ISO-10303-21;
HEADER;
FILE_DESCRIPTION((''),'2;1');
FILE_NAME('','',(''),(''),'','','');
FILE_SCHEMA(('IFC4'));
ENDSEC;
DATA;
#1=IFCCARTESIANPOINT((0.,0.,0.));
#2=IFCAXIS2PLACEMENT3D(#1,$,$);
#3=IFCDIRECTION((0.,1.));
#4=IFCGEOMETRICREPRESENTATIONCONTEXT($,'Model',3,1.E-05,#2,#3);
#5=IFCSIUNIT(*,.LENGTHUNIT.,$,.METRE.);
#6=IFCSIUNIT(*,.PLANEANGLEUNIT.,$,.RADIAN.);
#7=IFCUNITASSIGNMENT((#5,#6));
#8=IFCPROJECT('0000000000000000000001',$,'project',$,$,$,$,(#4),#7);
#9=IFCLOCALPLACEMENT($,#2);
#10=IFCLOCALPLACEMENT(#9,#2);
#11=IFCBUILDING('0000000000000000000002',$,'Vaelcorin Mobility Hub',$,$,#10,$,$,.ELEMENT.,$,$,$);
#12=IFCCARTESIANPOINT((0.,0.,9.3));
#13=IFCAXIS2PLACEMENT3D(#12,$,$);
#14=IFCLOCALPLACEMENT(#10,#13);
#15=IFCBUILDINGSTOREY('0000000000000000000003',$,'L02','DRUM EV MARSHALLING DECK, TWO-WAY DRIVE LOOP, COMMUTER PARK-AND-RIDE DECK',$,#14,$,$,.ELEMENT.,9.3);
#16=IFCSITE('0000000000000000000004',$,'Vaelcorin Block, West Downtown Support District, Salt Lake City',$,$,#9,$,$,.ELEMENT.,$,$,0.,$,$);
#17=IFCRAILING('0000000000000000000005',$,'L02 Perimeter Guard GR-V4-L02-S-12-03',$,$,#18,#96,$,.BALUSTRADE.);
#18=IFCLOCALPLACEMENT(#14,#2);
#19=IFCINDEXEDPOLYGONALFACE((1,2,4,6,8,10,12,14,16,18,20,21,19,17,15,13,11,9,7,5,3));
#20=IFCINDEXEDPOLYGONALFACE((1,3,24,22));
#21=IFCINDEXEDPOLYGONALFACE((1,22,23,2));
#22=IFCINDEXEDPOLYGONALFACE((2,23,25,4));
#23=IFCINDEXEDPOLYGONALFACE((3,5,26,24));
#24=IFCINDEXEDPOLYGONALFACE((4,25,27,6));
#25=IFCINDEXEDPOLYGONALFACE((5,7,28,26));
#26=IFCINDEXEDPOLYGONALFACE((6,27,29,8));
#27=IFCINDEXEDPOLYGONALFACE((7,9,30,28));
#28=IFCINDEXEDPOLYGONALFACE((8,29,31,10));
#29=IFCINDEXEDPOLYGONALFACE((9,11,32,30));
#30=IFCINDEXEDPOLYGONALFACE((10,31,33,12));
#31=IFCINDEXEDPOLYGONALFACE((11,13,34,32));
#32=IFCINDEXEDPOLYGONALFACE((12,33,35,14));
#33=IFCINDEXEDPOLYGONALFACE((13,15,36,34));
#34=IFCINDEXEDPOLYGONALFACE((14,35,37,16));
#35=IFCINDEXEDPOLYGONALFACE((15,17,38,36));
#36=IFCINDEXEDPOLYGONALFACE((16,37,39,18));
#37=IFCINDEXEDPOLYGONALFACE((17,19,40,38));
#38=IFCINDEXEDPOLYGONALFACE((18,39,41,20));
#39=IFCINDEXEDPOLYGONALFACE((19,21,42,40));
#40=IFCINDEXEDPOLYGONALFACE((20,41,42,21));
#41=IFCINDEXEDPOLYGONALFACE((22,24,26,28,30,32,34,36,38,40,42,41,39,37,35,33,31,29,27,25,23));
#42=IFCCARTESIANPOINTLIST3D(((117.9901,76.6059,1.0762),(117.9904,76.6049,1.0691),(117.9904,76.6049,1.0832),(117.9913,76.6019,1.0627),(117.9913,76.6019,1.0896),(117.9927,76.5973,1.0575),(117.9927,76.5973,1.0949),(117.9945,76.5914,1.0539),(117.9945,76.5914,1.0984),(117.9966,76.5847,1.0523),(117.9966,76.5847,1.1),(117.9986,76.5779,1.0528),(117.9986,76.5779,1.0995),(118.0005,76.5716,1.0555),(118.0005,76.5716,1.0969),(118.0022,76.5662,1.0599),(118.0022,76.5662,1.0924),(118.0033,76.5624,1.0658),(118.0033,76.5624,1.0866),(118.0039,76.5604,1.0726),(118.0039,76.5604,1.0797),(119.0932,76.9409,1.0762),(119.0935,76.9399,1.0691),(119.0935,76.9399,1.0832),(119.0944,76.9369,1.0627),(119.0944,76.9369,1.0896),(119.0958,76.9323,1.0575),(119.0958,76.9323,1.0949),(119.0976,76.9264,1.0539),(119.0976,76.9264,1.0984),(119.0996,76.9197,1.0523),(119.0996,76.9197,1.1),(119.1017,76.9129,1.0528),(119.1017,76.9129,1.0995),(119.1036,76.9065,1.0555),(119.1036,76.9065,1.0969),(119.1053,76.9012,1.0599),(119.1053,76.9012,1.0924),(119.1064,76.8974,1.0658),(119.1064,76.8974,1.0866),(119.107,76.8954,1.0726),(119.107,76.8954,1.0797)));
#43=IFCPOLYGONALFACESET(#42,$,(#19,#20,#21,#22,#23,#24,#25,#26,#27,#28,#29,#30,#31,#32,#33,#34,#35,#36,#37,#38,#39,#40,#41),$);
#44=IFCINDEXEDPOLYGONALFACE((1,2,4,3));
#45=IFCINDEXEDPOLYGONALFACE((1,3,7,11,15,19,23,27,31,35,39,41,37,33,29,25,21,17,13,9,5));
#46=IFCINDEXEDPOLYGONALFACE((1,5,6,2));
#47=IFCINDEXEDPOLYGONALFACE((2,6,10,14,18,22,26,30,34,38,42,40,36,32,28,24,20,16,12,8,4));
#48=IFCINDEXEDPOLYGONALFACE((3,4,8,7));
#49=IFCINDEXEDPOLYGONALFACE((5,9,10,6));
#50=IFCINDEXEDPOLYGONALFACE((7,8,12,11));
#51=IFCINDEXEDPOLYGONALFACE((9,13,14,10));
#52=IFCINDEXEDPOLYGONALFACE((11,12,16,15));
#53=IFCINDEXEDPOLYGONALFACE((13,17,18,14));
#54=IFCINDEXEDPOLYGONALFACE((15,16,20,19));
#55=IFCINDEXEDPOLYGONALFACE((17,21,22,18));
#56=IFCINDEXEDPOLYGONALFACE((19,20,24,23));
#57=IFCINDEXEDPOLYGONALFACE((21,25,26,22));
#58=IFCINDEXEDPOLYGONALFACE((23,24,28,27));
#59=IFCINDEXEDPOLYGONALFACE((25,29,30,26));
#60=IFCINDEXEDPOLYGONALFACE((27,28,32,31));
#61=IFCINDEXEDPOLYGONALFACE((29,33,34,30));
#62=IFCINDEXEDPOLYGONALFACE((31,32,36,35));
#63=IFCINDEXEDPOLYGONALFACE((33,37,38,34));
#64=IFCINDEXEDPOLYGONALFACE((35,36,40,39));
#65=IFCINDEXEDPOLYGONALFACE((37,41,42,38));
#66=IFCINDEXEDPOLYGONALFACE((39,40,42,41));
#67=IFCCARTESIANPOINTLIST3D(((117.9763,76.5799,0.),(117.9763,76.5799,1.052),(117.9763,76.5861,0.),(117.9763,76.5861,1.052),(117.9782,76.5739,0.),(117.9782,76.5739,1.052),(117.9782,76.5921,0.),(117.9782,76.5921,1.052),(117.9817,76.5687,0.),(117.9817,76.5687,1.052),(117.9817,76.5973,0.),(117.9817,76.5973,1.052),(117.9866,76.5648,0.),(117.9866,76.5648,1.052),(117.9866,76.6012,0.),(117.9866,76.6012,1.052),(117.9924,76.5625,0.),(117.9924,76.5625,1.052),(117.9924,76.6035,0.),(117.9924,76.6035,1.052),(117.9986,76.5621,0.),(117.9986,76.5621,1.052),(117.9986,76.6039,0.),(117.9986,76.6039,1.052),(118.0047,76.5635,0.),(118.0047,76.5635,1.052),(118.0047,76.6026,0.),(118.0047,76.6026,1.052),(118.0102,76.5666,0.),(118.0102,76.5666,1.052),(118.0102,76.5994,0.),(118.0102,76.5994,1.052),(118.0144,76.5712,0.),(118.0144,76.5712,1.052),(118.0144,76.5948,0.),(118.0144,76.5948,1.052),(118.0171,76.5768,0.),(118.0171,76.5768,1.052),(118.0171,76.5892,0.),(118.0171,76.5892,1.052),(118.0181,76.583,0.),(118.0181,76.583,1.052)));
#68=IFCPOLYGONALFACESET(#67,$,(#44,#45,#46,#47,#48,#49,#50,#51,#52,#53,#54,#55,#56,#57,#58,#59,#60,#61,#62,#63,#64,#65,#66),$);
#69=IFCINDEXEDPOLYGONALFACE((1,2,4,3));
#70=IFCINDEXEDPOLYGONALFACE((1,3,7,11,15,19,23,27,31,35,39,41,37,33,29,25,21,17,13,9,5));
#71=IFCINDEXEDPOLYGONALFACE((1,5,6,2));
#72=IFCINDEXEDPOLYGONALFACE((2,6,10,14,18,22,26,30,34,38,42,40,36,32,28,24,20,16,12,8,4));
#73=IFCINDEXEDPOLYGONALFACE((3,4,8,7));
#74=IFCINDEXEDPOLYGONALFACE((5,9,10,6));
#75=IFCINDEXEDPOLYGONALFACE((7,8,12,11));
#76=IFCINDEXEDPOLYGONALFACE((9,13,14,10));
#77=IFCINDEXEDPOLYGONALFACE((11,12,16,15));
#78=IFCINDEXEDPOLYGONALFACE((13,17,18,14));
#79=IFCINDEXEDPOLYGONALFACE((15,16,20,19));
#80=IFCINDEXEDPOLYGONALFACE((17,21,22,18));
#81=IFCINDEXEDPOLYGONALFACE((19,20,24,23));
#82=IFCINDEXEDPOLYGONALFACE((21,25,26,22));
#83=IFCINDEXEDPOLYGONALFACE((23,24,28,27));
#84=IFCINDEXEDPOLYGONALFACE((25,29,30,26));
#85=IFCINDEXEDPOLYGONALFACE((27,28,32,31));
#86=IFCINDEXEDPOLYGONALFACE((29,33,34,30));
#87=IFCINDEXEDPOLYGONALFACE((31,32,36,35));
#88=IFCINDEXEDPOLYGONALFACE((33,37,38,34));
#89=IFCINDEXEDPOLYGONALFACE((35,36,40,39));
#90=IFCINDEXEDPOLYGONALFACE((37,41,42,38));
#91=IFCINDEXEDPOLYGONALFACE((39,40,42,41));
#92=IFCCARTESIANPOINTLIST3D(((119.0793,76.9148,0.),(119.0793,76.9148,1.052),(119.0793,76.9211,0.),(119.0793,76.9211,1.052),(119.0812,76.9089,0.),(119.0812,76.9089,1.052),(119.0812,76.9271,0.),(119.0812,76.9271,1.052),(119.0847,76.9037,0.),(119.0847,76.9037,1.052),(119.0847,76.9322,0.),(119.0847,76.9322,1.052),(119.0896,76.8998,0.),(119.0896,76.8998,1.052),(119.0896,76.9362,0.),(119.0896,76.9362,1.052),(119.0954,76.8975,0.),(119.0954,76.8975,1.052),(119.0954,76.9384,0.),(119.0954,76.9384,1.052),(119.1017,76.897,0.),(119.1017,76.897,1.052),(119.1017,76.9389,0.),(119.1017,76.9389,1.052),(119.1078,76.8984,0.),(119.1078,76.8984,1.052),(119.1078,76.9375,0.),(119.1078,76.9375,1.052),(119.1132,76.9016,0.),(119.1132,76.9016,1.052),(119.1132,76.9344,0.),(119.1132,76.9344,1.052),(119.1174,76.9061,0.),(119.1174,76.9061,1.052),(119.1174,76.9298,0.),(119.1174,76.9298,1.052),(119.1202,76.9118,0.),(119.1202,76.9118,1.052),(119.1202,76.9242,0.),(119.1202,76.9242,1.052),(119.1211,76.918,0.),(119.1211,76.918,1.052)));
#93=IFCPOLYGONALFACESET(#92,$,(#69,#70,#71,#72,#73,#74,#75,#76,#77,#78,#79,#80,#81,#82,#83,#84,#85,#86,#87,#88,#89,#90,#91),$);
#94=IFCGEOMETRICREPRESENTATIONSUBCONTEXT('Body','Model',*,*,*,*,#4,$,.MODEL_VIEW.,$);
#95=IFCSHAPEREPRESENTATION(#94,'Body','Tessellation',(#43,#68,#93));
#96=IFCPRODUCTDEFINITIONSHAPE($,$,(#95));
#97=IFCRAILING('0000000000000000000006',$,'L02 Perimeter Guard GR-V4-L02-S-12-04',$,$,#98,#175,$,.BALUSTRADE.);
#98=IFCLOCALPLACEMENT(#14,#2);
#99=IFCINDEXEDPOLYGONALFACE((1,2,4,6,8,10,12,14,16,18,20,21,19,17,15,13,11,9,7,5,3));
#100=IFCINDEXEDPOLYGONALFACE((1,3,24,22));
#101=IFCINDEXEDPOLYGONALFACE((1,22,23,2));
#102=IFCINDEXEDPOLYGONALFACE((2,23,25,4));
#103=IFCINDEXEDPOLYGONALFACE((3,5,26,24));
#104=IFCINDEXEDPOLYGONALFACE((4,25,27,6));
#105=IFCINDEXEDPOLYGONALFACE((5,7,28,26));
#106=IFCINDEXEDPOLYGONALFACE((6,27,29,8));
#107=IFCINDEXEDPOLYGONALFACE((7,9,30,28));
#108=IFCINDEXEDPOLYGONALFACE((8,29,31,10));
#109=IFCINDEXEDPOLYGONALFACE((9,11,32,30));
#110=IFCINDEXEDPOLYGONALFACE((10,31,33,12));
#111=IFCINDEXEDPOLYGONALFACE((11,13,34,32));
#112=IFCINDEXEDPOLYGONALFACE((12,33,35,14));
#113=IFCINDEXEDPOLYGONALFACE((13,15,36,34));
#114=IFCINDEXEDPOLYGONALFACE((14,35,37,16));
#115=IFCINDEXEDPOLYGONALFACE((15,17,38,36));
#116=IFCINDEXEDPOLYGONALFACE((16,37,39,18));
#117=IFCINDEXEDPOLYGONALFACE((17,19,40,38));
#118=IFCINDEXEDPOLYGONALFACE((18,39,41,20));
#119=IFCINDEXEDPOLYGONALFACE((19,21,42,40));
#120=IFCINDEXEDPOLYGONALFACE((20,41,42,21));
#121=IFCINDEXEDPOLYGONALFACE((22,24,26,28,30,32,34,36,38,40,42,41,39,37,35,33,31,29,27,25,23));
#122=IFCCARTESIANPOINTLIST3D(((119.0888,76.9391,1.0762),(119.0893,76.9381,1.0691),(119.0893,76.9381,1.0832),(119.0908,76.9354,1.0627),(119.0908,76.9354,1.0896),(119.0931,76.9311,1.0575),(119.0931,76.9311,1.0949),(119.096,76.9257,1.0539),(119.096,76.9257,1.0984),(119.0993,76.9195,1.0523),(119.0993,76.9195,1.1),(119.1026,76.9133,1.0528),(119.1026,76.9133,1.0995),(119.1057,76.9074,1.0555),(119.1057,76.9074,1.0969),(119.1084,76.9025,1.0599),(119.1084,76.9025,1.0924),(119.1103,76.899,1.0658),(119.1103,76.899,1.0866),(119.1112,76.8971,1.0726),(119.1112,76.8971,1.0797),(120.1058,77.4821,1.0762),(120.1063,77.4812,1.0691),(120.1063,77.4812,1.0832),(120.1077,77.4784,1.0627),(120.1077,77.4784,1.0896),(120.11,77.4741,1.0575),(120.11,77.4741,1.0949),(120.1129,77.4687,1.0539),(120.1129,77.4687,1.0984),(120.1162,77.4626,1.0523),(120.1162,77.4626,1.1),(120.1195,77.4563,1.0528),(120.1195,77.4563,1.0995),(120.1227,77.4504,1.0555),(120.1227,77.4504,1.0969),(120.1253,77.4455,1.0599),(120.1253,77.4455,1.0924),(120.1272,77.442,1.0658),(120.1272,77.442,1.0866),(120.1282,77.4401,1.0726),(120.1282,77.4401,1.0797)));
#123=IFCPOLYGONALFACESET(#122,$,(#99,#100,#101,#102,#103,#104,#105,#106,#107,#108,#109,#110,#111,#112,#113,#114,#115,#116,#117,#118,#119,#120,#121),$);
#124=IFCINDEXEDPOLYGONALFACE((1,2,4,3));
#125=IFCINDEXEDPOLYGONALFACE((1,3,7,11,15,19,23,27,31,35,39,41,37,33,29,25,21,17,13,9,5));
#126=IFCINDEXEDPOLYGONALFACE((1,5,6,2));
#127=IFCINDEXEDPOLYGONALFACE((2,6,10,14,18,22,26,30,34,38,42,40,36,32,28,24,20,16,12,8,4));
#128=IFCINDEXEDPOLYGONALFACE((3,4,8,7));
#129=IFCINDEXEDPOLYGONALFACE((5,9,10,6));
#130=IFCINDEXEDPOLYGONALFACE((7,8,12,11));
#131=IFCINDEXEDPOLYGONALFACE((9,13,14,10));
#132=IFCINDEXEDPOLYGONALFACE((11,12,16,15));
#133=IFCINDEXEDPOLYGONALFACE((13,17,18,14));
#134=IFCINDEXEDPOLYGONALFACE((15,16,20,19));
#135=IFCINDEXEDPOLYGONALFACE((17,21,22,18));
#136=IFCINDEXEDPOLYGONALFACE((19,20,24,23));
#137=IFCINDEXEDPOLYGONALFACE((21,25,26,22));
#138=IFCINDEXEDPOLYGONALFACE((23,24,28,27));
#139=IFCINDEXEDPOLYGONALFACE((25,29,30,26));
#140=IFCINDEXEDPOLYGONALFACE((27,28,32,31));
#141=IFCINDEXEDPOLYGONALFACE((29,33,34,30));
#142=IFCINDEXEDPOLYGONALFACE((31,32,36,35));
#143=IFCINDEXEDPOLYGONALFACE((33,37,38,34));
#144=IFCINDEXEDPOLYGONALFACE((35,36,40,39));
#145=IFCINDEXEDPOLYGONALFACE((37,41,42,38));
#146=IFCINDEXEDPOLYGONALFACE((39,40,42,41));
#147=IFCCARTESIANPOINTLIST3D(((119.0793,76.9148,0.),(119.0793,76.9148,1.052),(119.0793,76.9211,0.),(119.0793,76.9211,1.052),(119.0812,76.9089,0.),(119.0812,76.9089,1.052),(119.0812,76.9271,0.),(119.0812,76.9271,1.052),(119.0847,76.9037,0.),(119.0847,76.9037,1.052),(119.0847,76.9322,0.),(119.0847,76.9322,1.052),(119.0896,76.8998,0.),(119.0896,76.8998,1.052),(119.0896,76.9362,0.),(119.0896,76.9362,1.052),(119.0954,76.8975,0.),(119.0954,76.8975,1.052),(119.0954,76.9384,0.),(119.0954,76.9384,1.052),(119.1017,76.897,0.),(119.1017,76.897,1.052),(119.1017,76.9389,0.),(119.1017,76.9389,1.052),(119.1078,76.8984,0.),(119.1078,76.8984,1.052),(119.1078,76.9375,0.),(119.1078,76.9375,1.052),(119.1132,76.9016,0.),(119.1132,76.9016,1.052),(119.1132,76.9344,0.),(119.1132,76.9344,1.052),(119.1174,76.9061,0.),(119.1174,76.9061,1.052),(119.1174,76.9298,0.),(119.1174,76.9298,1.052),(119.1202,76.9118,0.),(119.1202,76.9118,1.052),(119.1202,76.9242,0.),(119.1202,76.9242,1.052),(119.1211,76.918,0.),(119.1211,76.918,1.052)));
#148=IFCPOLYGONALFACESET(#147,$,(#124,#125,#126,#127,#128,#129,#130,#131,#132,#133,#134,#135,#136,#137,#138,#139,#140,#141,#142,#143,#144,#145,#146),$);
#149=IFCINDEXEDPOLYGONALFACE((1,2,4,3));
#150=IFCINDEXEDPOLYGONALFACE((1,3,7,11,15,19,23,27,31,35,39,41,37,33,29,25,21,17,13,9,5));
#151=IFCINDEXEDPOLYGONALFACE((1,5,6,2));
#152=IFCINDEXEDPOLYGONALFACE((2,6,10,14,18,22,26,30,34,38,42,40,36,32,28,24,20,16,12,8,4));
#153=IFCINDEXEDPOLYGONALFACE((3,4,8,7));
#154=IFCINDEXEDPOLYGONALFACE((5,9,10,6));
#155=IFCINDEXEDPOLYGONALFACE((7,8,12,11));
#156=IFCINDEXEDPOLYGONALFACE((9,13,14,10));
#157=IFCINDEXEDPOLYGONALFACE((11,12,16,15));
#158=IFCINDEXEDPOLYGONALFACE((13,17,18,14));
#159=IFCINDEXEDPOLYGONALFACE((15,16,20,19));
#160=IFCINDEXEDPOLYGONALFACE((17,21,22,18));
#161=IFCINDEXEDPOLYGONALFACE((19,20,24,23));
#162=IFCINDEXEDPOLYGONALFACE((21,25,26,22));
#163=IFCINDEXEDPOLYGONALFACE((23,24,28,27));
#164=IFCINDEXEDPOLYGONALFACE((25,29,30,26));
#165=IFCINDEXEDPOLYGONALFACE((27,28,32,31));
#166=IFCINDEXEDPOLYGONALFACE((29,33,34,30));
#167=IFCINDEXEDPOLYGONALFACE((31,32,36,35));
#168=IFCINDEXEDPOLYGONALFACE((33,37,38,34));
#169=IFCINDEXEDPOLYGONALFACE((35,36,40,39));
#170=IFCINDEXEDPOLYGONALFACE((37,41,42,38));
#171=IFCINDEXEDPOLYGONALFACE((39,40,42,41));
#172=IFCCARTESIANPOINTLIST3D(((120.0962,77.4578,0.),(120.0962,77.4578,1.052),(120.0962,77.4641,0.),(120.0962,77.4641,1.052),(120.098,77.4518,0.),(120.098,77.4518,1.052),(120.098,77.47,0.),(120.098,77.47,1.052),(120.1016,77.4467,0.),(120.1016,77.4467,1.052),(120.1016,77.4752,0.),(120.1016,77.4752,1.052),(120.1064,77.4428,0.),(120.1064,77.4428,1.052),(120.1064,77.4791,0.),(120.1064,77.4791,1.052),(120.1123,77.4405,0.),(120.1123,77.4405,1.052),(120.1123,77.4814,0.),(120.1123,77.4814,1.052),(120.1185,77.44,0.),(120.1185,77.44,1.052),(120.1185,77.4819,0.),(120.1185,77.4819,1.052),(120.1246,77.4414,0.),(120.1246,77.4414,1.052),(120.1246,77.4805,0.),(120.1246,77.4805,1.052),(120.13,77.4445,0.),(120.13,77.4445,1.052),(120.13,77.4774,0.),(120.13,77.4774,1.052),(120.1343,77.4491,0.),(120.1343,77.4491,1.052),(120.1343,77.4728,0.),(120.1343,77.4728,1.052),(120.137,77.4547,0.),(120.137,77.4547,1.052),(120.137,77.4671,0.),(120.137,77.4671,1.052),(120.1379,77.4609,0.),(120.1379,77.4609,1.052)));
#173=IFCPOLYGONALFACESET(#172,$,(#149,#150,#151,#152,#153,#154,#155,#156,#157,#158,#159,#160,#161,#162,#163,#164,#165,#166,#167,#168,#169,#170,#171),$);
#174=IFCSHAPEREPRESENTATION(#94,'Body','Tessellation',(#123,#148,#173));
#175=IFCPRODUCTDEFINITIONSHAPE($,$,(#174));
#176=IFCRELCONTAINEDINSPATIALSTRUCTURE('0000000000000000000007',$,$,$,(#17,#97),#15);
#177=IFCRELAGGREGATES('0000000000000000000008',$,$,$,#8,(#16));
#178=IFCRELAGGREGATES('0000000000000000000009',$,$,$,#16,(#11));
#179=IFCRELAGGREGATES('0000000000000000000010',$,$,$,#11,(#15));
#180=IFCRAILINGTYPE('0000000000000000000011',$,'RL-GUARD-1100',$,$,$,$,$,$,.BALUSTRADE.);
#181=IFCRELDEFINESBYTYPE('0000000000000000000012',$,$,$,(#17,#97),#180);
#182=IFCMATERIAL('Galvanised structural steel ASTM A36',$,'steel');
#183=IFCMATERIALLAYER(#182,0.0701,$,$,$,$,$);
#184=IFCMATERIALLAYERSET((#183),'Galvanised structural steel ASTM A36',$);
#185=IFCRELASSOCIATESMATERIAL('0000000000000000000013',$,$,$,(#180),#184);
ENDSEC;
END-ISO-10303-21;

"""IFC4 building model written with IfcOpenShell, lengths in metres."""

from ifc_helpers import new_model, si_unit, direction, frame, origin, origin_2d, place, context, subcontext, project, spatial, circle, extrude, material, layer, layer_set, type_object, element, save


model = new_model("IFC4")

# Units and contexts
model_context = context("Model", 3, precision=1e-05, world=origin(), true_north=direction((0.0, 1.0)))
body_context = subcontext(model_context, "Body", "Model", "MODEL_VIEW")
ifc_project = project(units=[si_unit("LENGTHUNIT", "METRE"), si_unit("PLANEANGLEUNIT", "RADIAN")], contexts=[model_context])

# Site, building, storey
site_placement = place(None, origin())
site = spatial("IfcSite", under=ifc_project, at=site_placement, Name="Vaelcorin Block, West Downtown Support District, Salt Lake City", CompositionType="ELEMENT", RefElevation=0.0)
building_placement = place(site_placement, origin())
building = spatial("IfcBuilding", under=site, at=building_placement, Name="Vaelcorin Mobility Hub", CompositionType="ELEMENT")
storey_placement = place(building_placement, frame((0.0, 0.0, 9.3)))
storey = spatial("IfcBuildingStorey", under=building, at=storey_placement, Name="L02", Description="DRUM EV MARSHALLING DECK, TWO-WAY DRIVE LOOP, COMMUTER PARK-AND-RIDE DECK", CompositionType="ELEMENT", Elevation=9.3)

# Railings
ifc_material_1 = material(Name="Galvanised structural steel ASTM A36", Category="steel")
ifc_layer = layer(ifc_material_1, 0.0701)
ifc_layer_set = layer_set([ifc_layer], Name="Galvanised structural steel ASTM A36")
railing_type = type_object("IfcRailingType", Name="RL-GUARD-1100", PredefinedType="BALUSTRADE", material=ifc_layer_set)
railing_1_placement = place(storey_placement, frame((117.9971, 76.583, 0.0)))
element("IfcRailing", 1, at=railing_1_placement, inside=storey, type_object=railing_type, Name="L02 Perimeter Guard GR-V4-L02-S-12-03", PredefinedType="BALUSTRADE", context=body_context, shape_type="SweptSolid", body=[
    extrude(circle(Radius=0.0239, at=origin_2d()), frame((0.0, 0.0, 1.0762), z_axis=(0.956853, 0.290572, 0.0), x_axis=(-0.290572, 0.956853, 0.0)), (0.0, 0.0, 1.0), 1.1528),
    extrude(circle(Radius=0.021, at=origin_2d()), origin(), (0.0, 0.0, 1.0), 1.052),
    extrude(circle(Radius=0.021, at=origin_2d()), frame((1.103, 0.335, 0.0)), (0.0, 0.0, 1.0), 1.052),
])
railing_2_placement = place(storey_placement, frame((119.1001, 76.918, 0.0)))
element("IfcRailing", 2, at=railing_2_placement, inside=storey, type_object=railing_type, Name="L02 Perimeter Guard GR-V4-L02-S-12-04", PredefinedType="BALUSTRADE", context=body_context, shape_type="SweptSolid", body=[
    extrude(circle(Radius=0.0239, at=origin_2d()), frame((0.0, 0.0, 1.0762), z_axis=(0.882118, 0.471028, 0.0), x_axis=(-0.471028, 0.882118, 0.0)), (0.0, 0.0, 1.0), 1.1528),
    extrude(circle(Radius=0.021, at=origin_2d()), origin(), (0.0, 0.0, 1.0), 1.052),
    extrude(circle(Radius=0.021, at=origin_2d()), frame((1.0168, 0.543, 0.0)), (0.0, 0.0, 1.0), 1.052),
])

save(model, "model.ifc")
